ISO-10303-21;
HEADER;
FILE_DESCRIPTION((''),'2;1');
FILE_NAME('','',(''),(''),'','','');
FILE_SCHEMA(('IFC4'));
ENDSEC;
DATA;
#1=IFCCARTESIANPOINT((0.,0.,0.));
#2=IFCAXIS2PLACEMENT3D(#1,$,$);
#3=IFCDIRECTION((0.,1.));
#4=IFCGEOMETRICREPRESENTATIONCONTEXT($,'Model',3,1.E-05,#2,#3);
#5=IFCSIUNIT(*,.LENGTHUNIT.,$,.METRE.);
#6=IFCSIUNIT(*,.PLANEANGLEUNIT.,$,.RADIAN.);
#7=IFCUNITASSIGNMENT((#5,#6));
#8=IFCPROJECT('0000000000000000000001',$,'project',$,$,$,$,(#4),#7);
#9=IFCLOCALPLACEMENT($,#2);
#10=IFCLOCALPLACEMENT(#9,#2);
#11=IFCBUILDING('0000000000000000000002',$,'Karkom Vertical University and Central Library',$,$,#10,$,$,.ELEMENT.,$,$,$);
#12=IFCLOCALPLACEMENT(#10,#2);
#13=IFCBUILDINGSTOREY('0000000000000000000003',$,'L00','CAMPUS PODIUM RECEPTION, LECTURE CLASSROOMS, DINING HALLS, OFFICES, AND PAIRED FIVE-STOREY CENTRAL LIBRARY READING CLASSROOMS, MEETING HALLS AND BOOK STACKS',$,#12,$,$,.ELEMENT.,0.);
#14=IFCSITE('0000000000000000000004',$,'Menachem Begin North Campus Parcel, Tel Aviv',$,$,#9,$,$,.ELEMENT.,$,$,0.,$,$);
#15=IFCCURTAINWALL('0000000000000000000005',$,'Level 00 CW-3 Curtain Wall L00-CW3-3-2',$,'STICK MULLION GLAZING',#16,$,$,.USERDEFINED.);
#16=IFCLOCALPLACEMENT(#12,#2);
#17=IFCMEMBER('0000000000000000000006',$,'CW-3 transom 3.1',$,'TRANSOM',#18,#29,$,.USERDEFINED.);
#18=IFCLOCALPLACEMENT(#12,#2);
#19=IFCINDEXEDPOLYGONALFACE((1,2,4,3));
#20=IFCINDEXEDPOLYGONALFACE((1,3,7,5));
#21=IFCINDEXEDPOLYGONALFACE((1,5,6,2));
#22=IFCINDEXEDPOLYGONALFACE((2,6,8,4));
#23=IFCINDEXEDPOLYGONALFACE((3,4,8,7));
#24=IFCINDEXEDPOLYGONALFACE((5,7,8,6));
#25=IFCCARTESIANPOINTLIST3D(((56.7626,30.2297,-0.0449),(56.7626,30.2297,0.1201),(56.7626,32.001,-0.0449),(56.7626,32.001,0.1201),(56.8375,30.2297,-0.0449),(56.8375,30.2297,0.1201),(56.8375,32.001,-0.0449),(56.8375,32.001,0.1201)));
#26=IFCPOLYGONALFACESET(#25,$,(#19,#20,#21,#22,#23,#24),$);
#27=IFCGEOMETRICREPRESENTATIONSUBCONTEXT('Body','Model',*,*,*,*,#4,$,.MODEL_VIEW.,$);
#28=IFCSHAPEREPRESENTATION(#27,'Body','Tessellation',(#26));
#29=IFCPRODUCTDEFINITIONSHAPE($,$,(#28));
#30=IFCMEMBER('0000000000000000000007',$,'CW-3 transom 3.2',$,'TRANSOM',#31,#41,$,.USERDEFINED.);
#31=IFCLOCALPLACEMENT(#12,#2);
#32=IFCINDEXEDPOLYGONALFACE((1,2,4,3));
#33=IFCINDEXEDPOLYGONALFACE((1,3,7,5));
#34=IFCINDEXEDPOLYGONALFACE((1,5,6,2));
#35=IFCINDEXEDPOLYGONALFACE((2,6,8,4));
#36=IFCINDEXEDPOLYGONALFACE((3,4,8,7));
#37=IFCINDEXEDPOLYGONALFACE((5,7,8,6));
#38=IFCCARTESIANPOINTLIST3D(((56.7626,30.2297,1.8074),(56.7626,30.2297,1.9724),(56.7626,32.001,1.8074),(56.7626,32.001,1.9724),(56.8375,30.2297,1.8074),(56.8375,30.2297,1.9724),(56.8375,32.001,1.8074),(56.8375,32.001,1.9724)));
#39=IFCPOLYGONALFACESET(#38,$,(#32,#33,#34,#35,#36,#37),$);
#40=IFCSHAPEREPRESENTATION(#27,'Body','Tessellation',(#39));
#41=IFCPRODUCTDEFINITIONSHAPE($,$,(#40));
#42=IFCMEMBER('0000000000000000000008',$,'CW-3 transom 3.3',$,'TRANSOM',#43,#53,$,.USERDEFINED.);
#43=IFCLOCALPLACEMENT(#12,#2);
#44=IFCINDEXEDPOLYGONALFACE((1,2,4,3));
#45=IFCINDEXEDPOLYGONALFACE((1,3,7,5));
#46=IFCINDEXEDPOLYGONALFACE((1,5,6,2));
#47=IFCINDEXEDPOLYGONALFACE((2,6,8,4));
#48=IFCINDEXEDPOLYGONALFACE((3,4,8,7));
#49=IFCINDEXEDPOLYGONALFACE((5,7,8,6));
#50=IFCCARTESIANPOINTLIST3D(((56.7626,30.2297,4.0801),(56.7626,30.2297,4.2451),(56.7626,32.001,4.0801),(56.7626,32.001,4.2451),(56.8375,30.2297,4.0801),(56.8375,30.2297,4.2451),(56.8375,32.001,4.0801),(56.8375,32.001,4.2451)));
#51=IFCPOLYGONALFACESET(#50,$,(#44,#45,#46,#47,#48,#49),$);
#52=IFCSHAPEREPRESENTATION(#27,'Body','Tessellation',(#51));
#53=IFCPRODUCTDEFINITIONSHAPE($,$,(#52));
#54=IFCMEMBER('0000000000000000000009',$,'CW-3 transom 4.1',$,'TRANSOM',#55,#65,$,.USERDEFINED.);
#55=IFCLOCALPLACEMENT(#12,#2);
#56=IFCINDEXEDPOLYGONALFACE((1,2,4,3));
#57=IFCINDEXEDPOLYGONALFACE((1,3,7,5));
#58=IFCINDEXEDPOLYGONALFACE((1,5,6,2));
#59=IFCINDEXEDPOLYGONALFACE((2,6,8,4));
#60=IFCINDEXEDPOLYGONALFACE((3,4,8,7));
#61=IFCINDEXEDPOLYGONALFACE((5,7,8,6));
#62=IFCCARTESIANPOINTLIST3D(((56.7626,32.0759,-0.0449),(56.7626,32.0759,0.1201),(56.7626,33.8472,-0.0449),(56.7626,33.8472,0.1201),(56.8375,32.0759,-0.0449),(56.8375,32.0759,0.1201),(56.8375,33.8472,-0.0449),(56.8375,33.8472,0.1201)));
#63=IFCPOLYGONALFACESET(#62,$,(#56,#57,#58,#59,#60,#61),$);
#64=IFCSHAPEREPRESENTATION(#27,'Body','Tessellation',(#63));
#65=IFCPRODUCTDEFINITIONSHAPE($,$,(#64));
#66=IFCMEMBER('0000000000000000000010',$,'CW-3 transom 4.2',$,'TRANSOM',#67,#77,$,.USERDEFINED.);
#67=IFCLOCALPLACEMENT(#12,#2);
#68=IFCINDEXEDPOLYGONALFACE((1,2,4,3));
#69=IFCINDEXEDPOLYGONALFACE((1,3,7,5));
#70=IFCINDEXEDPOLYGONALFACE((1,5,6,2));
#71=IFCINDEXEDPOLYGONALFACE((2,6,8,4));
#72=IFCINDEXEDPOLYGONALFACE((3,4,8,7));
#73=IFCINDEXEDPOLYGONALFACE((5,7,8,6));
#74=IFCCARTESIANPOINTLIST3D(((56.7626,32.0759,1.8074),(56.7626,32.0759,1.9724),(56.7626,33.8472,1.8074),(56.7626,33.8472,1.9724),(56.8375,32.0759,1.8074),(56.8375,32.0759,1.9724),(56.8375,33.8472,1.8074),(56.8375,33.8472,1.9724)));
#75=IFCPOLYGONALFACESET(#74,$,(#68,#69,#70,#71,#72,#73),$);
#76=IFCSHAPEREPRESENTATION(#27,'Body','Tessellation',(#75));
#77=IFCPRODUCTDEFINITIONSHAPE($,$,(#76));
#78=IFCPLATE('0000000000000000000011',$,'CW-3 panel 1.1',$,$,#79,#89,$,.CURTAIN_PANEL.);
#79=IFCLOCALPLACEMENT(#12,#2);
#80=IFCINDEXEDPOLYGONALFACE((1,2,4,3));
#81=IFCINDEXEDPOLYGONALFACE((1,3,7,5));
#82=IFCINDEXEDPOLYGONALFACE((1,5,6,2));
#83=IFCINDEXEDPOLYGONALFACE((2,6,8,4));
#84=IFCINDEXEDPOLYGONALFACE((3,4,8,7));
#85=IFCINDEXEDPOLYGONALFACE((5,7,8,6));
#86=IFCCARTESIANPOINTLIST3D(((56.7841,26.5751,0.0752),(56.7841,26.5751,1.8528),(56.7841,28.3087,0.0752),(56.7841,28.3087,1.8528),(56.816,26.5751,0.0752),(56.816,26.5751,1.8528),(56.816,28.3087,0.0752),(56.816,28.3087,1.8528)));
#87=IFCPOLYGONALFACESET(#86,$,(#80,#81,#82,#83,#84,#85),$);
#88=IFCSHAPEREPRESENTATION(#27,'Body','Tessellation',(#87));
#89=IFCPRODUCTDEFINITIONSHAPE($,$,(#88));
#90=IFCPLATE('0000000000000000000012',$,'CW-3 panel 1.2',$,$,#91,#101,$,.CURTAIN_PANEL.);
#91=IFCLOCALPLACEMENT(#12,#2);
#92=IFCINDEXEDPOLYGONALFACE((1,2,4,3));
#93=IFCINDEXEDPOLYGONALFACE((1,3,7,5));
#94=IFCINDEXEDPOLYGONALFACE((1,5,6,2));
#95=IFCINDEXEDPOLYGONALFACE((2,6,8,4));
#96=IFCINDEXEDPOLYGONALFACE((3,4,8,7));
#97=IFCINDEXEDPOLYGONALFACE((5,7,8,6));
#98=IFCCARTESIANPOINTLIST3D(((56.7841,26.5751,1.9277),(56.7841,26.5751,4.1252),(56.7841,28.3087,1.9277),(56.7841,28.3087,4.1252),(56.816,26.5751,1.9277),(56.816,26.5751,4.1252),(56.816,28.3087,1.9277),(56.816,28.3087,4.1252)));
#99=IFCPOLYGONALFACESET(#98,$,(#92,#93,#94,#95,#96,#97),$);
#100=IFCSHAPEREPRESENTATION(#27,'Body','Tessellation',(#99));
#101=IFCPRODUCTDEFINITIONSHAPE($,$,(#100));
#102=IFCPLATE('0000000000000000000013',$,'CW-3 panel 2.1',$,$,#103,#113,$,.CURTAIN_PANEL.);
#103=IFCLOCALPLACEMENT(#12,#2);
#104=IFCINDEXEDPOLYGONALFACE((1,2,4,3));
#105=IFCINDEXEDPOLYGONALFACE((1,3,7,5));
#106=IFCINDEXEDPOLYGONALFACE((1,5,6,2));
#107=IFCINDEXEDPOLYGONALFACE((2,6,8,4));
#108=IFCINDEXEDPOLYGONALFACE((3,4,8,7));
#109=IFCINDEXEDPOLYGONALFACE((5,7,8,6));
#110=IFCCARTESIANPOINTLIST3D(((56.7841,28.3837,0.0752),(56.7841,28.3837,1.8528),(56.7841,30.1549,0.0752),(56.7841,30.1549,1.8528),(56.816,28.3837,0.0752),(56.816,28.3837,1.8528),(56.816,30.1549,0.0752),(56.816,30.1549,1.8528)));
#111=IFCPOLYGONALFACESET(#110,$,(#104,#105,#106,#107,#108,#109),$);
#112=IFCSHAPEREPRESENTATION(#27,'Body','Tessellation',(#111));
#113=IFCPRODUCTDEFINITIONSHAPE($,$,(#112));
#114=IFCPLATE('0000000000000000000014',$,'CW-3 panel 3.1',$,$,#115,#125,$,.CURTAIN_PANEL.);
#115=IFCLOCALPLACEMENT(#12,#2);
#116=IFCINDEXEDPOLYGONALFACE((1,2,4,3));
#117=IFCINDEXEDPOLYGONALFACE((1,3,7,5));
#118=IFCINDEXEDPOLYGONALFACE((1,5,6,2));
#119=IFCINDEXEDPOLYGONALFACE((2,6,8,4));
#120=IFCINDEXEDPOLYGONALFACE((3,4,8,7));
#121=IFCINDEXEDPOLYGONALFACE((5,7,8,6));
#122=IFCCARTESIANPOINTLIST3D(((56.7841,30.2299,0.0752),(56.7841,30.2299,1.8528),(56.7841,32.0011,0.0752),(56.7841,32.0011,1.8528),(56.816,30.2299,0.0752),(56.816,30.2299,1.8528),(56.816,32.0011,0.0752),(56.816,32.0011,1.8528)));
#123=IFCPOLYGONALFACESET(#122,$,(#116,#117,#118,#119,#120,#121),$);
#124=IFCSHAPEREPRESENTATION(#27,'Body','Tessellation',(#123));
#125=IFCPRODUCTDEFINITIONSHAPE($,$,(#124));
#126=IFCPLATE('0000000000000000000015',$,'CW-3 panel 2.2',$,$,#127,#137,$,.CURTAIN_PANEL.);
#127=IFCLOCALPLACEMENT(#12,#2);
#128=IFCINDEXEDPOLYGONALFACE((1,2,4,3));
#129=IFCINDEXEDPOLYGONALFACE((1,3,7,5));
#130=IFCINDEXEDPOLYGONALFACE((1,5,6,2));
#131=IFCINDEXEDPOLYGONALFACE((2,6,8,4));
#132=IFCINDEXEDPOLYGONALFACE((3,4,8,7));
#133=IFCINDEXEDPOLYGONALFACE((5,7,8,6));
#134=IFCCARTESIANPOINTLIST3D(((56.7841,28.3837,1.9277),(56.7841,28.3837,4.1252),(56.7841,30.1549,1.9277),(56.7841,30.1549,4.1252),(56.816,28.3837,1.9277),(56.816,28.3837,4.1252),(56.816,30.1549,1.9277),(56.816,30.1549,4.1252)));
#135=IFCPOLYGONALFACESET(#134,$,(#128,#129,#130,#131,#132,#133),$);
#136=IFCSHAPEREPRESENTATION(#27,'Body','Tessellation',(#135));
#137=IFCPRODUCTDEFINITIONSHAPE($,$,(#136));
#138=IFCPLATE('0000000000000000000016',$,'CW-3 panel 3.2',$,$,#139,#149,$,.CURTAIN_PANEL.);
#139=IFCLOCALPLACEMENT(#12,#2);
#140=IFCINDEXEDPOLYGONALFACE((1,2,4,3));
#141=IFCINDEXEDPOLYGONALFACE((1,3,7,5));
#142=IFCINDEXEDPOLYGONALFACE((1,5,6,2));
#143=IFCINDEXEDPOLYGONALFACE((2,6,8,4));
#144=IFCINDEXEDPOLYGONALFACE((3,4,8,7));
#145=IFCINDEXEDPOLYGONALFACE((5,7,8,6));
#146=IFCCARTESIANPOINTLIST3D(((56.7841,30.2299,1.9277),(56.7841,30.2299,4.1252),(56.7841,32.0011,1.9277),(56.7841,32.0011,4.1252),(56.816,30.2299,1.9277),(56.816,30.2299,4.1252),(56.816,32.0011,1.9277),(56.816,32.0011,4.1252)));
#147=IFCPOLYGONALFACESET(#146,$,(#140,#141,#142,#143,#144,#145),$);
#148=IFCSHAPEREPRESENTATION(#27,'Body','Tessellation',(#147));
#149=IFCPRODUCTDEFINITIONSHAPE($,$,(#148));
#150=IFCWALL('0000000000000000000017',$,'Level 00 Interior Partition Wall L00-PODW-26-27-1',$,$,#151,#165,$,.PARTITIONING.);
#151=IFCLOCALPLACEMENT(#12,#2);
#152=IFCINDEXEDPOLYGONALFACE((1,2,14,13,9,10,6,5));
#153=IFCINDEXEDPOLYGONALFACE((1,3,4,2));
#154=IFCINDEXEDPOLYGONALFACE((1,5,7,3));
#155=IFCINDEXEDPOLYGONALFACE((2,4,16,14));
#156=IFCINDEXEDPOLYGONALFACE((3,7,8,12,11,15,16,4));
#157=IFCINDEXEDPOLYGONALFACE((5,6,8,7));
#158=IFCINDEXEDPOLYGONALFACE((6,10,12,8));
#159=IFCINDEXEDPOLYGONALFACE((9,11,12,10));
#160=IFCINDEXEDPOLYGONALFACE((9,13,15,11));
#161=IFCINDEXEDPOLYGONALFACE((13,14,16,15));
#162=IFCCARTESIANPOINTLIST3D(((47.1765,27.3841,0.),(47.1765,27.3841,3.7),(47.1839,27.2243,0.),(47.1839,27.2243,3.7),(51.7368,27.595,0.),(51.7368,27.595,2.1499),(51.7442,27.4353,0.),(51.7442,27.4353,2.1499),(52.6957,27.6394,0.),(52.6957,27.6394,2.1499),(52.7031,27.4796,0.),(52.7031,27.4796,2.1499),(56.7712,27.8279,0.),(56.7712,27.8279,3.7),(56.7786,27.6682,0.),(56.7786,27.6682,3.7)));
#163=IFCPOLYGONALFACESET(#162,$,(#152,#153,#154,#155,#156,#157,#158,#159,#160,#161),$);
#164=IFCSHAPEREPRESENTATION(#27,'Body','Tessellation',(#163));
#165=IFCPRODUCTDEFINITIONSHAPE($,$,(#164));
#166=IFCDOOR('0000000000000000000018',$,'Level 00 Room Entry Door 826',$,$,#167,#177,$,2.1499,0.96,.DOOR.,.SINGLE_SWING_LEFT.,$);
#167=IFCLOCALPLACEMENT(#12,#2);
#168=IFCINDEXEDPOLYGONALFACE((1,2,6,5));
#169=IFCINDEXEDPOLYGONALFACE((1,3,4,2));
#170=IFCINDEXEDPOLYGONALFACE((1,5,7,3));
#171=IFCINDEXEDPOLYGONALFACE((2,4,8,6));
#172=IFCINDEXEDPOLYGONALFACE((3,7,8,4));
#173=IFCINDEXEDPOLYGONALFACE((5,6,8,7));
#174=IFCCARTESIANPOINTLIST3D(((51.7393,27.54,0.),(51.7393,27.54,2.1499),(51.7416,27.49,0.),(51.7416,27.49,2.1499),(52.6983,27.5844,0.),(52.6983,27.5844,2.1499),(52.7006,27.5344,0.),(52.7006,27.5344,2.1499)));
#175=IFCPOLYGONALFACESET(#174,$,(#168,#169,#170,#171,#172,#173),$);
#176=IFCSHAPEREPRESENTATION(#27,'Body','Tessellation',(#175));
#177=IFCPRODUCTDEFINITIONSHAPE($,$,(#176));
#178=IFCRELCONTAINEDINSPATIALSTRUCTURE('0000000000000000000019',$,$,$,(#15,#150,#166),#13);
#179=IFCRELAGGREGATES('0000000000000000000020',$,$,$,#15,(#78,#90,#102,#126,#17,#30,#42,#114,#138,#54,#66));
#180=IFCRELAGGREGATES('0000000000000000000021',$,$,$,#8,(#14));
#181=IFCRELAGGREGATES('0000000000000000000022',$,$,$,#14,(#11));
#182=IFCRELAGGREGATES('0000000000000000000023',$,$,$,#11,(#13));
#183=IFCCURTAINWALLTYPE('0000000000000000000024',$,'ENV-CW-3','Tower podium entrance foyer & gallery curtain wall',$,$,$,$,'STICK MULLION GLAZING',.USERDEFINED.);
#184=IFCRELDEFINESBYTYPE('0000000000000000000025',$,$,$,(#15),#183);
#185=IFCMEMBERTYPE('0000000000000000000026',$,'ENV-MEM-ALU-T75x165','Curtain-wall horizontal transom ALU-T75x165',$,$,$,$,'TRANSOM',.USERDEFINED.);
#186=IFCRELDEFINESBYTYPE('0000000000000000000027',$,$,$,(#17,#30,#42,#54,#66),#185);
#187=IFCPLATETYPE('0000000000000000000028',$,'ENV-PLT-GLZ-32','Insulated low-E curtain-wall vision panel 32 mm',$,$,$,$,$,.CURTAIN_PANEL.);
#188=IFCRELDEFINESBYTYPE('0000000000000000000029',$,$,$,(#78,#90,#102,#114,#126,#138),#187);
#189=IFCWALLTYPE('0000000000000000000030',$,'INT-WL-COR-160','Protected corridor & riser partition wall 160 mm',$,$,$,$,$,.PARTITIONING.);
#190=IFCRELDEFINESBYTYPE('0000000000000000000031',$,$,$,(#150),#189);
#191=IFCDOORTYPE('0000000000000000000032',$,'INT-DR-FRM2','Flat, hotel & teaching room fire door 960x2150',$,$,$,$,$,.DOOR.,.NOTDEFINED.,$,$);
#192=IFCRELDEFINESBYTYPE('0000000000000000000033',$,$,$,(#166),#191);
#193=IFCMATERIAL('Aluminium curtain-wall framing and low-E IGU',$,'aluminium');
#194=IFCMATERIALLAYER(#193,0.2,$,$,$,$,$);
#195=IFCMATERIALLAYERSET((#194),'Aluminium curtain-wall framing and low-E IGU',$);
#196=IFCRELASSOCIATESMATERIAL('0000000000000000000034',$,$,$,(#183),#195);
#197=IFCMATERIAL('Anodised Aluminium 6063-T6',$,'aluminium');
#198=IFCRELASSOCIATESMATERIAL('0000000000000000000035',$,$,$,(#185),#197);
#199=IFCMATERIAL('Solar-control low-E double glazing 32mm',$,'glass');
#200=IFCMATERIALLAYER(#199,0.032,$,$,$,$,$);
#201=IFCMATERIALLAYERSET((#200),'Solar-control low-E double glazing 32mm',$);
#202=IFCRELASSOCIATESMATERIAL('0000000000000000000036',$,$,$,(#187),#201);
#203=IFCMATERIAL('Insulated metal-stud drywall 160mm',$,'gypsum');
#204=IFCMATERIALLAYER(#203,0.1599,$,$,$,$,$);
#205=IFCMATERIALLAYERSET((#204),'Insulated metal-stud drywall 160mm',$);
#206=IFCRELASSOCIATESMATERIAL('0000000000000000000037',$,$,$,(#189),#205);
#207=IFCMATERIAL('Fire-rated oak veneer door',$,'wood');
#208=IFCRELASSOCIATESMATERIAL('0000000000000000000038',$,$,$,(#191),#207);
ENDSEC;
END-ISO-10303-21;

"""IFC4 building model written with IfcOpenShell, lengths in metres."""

from ifc_helpers import new_model, si_unit, direction, frame, frame_2d, origin, origin_with_axes, origin_2d, place, context, subcontext, project, spatial, rectangle, extrude, source, transform, mapped, material, layer, layer_set, material_profile, profile_set, type_object, element, fill, aggregate, save


model = new_model("IFC4")

# Units and contexts
model_context = context("Model", 3, precision=1e-05, world=origin(), true_north=direction((0.0, 1.0)))
body_context = subcontext(model_context, "Body", "Model", "MODEL_VIEW")
ifc_project = project(units=[si_unit("LENGTHUNIT", "METRE"), si_unit("PLANEANGLEUNIT", "RADIAN")], contexts=[model_context])

# Site, building, storey
site_placement = place(None, origin())
site = spatial("IfcSite", under=ifc_project, at=site_placement, Name="Menachem Begin North Campus Parcel, Tel Aviv", CompositionType="ELEMENT", RefElevation=0.0)
building_placement = place(site_placement, origin())
building = spatial("IfcBuilding", under=site, at=building_placement, Name="Karkom Vertical University and Central Library", CompositionType="ELEMENT")
storey_placement = place(building_placement, origin())
storey = spatial("IfcBuildingStorey", under=building, at=storey_placement, Name="L00", Description="CAMPUS PODIUM RECEPTION, LECTURE CLASSROOMS, DINING HALLS, OFFICES, AND PAIRED FIVE-STOREY CENTRAL LIBRARY READING CLASSROOMS, MEETING HALLS AND BOOK STACKS", CompositionType="ELEMENT", Elevation=0.0)

# Curtain wall, members, plates
ifc_material_1 = material(Name="Aluminium curtain-wall framing and low-E IGU", Category="aluminium")
ifc_layer_1 = layer(ifc_material_1, 0.2)
ifc_layer_set_1 = layer_set([ifc_layer_1], Name="Aluminium curtain-wall framing and low-E IGU")
curtain_wall_type = type_object("IfcCurtainWallType", Name="ENV-CW-3", Description="Tower podium entrance foyer & gallery curtain wall", ElementType="STICK MULLION GLAZING", PredefinedType="USERDEFINED", material=ifc_layer_set_1)
curtain_wall_placement = place(storey_placement, origin())
curtain_wall = element("IfcCurtainWall", 1, at=curtain_wall_placement, inside=storey, type_object=curtain_wall_type, Name="Level 00 CW-3 Curtain Wall L00-CW3-3-2", ObjectType="STICK MULLION GLAZING", PredefinedType="USERDEFINED")
ifc_material_2 = material(Name="Anodised Aluminium 6063-T6", Category="aluminium")
ifc_material_profile_1 = material_profile(ifc_material_2, rectangle(XDim=0.075, YDim=0.165, at=origin_2d()), Name="ALU-T75x165")
ifc_profile_set_1 = profile_set([ifc_material_profile_1], Name="Anodised Aluminium 6063-T6")
member_type_1 = type_object("IfcMemberType", Name="ENV-MEM-ALU-T75x165", Description="Curtain-wall horizontal transom ALU-T75x165", ElementType="TRANSOM", PredefinedType="USERDEFINED", material=ifc_profile_set_1)
shared_shape_1 = source(origin_with_axes(), body_context, "Body", "SweptSolid", [
    extrude(rectangle(XDim=0.075, YDim=0.165, at=origin_2d()), origin(), (0.0, 0.0, 1.0), 1.7712),
])
member_1_placement = place(storey_placement, frame((56.8, 30.2297, 0.0376), z_axis=(0.0, 1.0, 0.0), x_axis=(-1.0, 0.0, 0.0)))
member_1 = element("IfcMember", 2, at=member_1_placement, type_object=member_type_1, Name="CW-3 transom 3.1", ObjectType="TRANSOM", PredefinedType="USERDEFINED", context=body_context, shape_type="MappedRepresentation", body=[
    mapped(shared_shape_1, transform((0.0, 0.0, 0.0), scale=1.0)),
])
member_2_placement = place(storey_placement, frame((56.8, 30.2297, 1.8899), z_axis=(0.0, 1.0, 0.0), x_axis=(-1.0, 0.0, 0.0)))
member_2 = element("IfcMember", 3, at=member_2_placement, type_object=member_type_1, Name="CW-3 transom 3.2", ObjectType="TRANSOM", PredefinedType="USERDEFINED", context=body_context, shape_type="MappedRepresentation", body=[
    mapped(shared_shape_1, transform((0.0, 0.0, 0.0), scale=1.0)),
])
member_3_placement = place(storey_placement, frame((56.8, 30.2297, 4.1626), z_axis=(0.0, 1.0, 0.0), x_axis=(-1.0, 0.0, 0.0)))
member_3 = element("IfcMember", 4, at=member_3_placement, type_object=member_type_1, Name="CW-3 transom 3.3", ObjectType="TRANSOM", PredefinedType="USERDEFINED", context=body_context, shape_type="MappedRepresentation", body=[
    mapped(shared_shape_1, transform((0.0, 0.0, 0.0), scale=1.0)),
])
member_4_placement = place(storey_placement, frame((56.8, 32.0759, 0.0376), z_axis=(0.0, 1.0, 0.0), x_axis=(-1.0, 0.0, 0.0)))
member_4 = element("IfcMember", 5, at=member_4_placement, type_object=member_type_1, Name="CW-3 transom 4.1", ObjectType="TRANSOM", PredefinedType="USERDEFINED", context=body_context, shape_type="MappedRepresentation", body=[
    mapped(shared_shape_1, transform((0.0, 0.0, 0.0), scale=1.0)),
])
member_5_placement = place(storey_placement, frame((56.8, 32.0759, 1.8899), z_axis=(0.0, 1.0, 0.0), x_axis=(-1.0, 0.0, 0.0)))
member_5 = element("IfcMember", 6, at=member_5_placement, type_object=member_type_1, Name="CW-3 transom 4.2", ObjectType="TRANSOM", PredefinedType="USERDEFINED", context=body_context, shape_type="MappedRepresentation", body=[
    mapped(shared_shape_1, transform((0.0, 0.0, 0.0), scale=1.0)),
])
ifc_material_3 = material(Name="Solar-control low-E double glazing 32mm", Category="glass")
ifc_layer_2 = layer(ifc_material_3, 0.032)
ifc_layer_set_2 = layer_set([ifc_layer_2], Name="Solar-control low-E double glazing 32mm")
plate_type = type_object("IfcPlateType", Name="ENV-PLT-GLZ-32", Description="Insulated low-E curtain-wall vision panel 32 mm", PredefinedType="CURTAIN_PANEL", material=ifc_layer_set_2)
shared_shape_2 = source(origin_with_axes(), body_context, "Body", "SweptSolid", [
    extrude(rectangle(XDim=1.7336, YDim=0.032, at=origin_2d()), origin(), (0.0, 0.0, 1.0), 1.7776),
])
plate_1_placement = place(storey_placement, frame((56.8, 27.4419, 0.0752), z_axis=(0.0, 0.0, 1.0), x_axis=(0.0, 1.0, 0.0)))
plate_1 = element("IfcPlate", 7, at=plate_1_placement, type_object=plate_type, Name="CW-3 panel 1.1", PredefinedType="CURTAIN_PANEL", context=body_context, shape_type="MappedRepresentation", body=[
    mapped(shared_shape_2, transform((0.0, 0.0, 0.0), scale=1.0)),
])
shared_shape_3 = source(origin_with_axes(), body_context, "Body", "SweptSolid", [
    extrude(rectangle(XDim=1.7336, YDim=0.032, at=origin_2d()), origin(), (0.0, 0.0, 1.0), 2.1975),
])
plate_2_placement = place(storey_placement, frame((56.8, 27.4419, 1.9277), z_axis=(0.0, 0.0, 1.0), x_axis=(0.0, 1.0, 0.0)))
plate_2 = element("IfcPlate", 8, at=plate_2_placement, type_object=plate_type, Name="CW-3 panel 1.2", PredefinedType="CURTAIN_PANEL", context=body_context, shape_type="MappedRepresentation", body=[
    mapped(shared_shape_3, transform((0.0, 0.0, 0.0), scale=1.0)),
])
shared_shape_4 = source(origin_with_axes(), body_context, "Body", "SweptSolid", [
    extrude(rectangle(XDim=1.7712, YDim=0.032, at=origin_2d()), origin(), (0.0, 0.0, 1.0), 1.7776),
])
plate_3_placement = place(storey_placement, frame((56.8, 29.2693, 0.0752), z_axis=(0.0, 0.0, 1.0), x_axis=(0.0, 1.0, 0.0)))
plate_3 = element("IfcPlate", 9, at=plate_3_placement, type_object=plate_type, Name="CW-3 panel 2.1", PredefinedType="CURTAIN_PANEL", context=body_context, shape_type="MappedRepresentation", body=[
    mapped(shared_shape_4, transform((0.0, 0.0, 0.0), scale=1.0)),
])
plate_4_placement = place(storey_placement, frame((56.8, 31.1155, 0.0752), z_axis=(0.0, 0.0, 1.0), x_axis=(0.0, 1.0, 0.0)))
plate_4 = element("IfcPlate", 10, at=plate_4_placement, type_object=plate_type, Name="CW-3 panel 3.1", PredefinedType="CURTAIN_PANEL", context=body_context, shape_type="MappedRepresentation", body=[
    mapped(shared_shape_4, transform((0.0, 0.0, 0.0), scale=1.0)),
])
shared_shape_5 = source(origin_with_axes(), body_context, "Body", "SweptSolid", [
    extrude(rectangle(XDim=1.7712, YDim=0.032, at=origin_2d()), origin(), (0.0, 0.0, 1.0), 2.1975),
])
plate_5_placement = place(storey_placement, frame((56.8, 29.2693, 1.9277), z_axis=(0.0, 0.0, 1.0), x_axis=(0.0, 1.0, 0.0)))
plate_5 = element("IfcPlate", 11, at=plate_5_placement, type_object=plate_type, Name="CW-3 panel 2.2", PredefinedType="CURTAIN_PANEL", context=body_context, shape_type="MappedRepresentation", body=[
    mapped(shared_shape_5, transform((0.0, 0.0, 0.0), scale=1.0)),
])
plate_6_placement = place(storey_placement, frame((56.8, 31.1155, 1.9277), z_axis=(0.0, 0.0, 1.0), x_axis=(0.0, 1.0, 0.0)))
plate_6 = element("IfcPlate", 12, at=plate_6_placement, type_object=plate_type, Name="CW-3 panel 3.2", PredefinedType="CURTAIN_PANEL", context=body_context, shape_type="MappedRepresentation", body=[
    mapped(shared_shape_5, transform((0.0, 0.0, 0.0), scale=1.0)),
])
aggregate(curtain_wall, [plate_1, plate_2, plate_3, plate_5, member_1, member_2, member_3, plate_4, plate_6, member_4, member_5])

# Wall, opening, door
ifc_material_4 = material(Name="Insulated metal-stud drywall 160mm", Category="gypsum")
ifc_layer_3 = layer(ifc_material_4, 0.1599)
ifc_layer_set_3 = layer_set([ifc_layer_3], Name="Insulated metal-stud drywall 160mm")
wall_type = type_object("IfcWallType", Name="INT-WL-COR-160", Description="Protected corridor & riser partition wall 160 mm", PredefinedType="PARTITIONING", material=ifc_layer_set_3)
wall_placement = place(storey_placement, frame((47.1802, 27.3042, 0.0), z_axis=(0.0, 0.0, 1.0), x_axis=(0.998932, 0.04621, 0.0)))
wall = element("IfcWall", 13, at=wall_placement, inside=storey, type_object=wall_type, Name="Level 00 Interior Partition Wall L00-PODW-26-27-1", PredefinedType="PARTITIONING", context=body_context, shape_type="SweptSolid", body=[
    extrude(rectangle(XDim=9.605, YDim=0.1599, at=frame_2d((4.8025, 0.0))), origin(), (0.0, 0.0, 1.0), 3.7),
])
opening_placement = place(wall_placement, frame((4.5652, 0.0, 0.0)))
opening = element("IfcOpeningElement", 14, at=opening_placement, cuts=wall, PredefinedType="OPENING", context=body_context, shape_type="SweptSolid", body=[
    extrude(rectangle(XDim=0.96, YDim=2.1499, at=frame_2d((0.48, 1.075))), frame((0.0, 0.0898, 0.0), z_axis=(0.0, -1.0, 0.0), x_axis=(1.0, 0.0, 0.0)), (0.0, 0.0, 1.0), 0.1799),
])
ifc_material_5 = material(Name="Fire-rated oak veneer door", Category="wood")
door_type = type_object("IfcDoorType", Name="INT-DR-FRM2", Description="Flat, hotel & teaching room fire door 960x2150", OperationType="NOTDEFINED", PredefinedType="DOOR", material=ifc_material_5)
shared_shape_6 = source(origin_with_axes(), body_context, "Body", "SweptSolid", [
    extrude(rectangle(XDim=0.96, YDim=2.1499, at=frame_2d((0.48, 1.075))), frame((0.0, 0.0249, 0.0), z_axis=(0.0, -1.0, 0.0), x_axis=(1.0, 0.0, 0.0)), (0.0, 0.0, 1.0), 0.05),
])
door_placement = place(opening_placement, origin())
door = element("IfcDoor", 15, at=door_placement, inside=storey, type_object=door_type, Name="Level 00 Room Entry Door 826", OperationType="SINGLE_SWING_LEFT", OverallHeight=2.1499, OverallWidth=0.96, PredefinedType="DOOR", context=body_context, shape_type="MappedRepresentation", body=[
    mapped(shared_shape_6, transform((0.0, 0.0, 0.0), scale=1.0)),
])
fill(opening, door)

save(model, "model.ifc")
